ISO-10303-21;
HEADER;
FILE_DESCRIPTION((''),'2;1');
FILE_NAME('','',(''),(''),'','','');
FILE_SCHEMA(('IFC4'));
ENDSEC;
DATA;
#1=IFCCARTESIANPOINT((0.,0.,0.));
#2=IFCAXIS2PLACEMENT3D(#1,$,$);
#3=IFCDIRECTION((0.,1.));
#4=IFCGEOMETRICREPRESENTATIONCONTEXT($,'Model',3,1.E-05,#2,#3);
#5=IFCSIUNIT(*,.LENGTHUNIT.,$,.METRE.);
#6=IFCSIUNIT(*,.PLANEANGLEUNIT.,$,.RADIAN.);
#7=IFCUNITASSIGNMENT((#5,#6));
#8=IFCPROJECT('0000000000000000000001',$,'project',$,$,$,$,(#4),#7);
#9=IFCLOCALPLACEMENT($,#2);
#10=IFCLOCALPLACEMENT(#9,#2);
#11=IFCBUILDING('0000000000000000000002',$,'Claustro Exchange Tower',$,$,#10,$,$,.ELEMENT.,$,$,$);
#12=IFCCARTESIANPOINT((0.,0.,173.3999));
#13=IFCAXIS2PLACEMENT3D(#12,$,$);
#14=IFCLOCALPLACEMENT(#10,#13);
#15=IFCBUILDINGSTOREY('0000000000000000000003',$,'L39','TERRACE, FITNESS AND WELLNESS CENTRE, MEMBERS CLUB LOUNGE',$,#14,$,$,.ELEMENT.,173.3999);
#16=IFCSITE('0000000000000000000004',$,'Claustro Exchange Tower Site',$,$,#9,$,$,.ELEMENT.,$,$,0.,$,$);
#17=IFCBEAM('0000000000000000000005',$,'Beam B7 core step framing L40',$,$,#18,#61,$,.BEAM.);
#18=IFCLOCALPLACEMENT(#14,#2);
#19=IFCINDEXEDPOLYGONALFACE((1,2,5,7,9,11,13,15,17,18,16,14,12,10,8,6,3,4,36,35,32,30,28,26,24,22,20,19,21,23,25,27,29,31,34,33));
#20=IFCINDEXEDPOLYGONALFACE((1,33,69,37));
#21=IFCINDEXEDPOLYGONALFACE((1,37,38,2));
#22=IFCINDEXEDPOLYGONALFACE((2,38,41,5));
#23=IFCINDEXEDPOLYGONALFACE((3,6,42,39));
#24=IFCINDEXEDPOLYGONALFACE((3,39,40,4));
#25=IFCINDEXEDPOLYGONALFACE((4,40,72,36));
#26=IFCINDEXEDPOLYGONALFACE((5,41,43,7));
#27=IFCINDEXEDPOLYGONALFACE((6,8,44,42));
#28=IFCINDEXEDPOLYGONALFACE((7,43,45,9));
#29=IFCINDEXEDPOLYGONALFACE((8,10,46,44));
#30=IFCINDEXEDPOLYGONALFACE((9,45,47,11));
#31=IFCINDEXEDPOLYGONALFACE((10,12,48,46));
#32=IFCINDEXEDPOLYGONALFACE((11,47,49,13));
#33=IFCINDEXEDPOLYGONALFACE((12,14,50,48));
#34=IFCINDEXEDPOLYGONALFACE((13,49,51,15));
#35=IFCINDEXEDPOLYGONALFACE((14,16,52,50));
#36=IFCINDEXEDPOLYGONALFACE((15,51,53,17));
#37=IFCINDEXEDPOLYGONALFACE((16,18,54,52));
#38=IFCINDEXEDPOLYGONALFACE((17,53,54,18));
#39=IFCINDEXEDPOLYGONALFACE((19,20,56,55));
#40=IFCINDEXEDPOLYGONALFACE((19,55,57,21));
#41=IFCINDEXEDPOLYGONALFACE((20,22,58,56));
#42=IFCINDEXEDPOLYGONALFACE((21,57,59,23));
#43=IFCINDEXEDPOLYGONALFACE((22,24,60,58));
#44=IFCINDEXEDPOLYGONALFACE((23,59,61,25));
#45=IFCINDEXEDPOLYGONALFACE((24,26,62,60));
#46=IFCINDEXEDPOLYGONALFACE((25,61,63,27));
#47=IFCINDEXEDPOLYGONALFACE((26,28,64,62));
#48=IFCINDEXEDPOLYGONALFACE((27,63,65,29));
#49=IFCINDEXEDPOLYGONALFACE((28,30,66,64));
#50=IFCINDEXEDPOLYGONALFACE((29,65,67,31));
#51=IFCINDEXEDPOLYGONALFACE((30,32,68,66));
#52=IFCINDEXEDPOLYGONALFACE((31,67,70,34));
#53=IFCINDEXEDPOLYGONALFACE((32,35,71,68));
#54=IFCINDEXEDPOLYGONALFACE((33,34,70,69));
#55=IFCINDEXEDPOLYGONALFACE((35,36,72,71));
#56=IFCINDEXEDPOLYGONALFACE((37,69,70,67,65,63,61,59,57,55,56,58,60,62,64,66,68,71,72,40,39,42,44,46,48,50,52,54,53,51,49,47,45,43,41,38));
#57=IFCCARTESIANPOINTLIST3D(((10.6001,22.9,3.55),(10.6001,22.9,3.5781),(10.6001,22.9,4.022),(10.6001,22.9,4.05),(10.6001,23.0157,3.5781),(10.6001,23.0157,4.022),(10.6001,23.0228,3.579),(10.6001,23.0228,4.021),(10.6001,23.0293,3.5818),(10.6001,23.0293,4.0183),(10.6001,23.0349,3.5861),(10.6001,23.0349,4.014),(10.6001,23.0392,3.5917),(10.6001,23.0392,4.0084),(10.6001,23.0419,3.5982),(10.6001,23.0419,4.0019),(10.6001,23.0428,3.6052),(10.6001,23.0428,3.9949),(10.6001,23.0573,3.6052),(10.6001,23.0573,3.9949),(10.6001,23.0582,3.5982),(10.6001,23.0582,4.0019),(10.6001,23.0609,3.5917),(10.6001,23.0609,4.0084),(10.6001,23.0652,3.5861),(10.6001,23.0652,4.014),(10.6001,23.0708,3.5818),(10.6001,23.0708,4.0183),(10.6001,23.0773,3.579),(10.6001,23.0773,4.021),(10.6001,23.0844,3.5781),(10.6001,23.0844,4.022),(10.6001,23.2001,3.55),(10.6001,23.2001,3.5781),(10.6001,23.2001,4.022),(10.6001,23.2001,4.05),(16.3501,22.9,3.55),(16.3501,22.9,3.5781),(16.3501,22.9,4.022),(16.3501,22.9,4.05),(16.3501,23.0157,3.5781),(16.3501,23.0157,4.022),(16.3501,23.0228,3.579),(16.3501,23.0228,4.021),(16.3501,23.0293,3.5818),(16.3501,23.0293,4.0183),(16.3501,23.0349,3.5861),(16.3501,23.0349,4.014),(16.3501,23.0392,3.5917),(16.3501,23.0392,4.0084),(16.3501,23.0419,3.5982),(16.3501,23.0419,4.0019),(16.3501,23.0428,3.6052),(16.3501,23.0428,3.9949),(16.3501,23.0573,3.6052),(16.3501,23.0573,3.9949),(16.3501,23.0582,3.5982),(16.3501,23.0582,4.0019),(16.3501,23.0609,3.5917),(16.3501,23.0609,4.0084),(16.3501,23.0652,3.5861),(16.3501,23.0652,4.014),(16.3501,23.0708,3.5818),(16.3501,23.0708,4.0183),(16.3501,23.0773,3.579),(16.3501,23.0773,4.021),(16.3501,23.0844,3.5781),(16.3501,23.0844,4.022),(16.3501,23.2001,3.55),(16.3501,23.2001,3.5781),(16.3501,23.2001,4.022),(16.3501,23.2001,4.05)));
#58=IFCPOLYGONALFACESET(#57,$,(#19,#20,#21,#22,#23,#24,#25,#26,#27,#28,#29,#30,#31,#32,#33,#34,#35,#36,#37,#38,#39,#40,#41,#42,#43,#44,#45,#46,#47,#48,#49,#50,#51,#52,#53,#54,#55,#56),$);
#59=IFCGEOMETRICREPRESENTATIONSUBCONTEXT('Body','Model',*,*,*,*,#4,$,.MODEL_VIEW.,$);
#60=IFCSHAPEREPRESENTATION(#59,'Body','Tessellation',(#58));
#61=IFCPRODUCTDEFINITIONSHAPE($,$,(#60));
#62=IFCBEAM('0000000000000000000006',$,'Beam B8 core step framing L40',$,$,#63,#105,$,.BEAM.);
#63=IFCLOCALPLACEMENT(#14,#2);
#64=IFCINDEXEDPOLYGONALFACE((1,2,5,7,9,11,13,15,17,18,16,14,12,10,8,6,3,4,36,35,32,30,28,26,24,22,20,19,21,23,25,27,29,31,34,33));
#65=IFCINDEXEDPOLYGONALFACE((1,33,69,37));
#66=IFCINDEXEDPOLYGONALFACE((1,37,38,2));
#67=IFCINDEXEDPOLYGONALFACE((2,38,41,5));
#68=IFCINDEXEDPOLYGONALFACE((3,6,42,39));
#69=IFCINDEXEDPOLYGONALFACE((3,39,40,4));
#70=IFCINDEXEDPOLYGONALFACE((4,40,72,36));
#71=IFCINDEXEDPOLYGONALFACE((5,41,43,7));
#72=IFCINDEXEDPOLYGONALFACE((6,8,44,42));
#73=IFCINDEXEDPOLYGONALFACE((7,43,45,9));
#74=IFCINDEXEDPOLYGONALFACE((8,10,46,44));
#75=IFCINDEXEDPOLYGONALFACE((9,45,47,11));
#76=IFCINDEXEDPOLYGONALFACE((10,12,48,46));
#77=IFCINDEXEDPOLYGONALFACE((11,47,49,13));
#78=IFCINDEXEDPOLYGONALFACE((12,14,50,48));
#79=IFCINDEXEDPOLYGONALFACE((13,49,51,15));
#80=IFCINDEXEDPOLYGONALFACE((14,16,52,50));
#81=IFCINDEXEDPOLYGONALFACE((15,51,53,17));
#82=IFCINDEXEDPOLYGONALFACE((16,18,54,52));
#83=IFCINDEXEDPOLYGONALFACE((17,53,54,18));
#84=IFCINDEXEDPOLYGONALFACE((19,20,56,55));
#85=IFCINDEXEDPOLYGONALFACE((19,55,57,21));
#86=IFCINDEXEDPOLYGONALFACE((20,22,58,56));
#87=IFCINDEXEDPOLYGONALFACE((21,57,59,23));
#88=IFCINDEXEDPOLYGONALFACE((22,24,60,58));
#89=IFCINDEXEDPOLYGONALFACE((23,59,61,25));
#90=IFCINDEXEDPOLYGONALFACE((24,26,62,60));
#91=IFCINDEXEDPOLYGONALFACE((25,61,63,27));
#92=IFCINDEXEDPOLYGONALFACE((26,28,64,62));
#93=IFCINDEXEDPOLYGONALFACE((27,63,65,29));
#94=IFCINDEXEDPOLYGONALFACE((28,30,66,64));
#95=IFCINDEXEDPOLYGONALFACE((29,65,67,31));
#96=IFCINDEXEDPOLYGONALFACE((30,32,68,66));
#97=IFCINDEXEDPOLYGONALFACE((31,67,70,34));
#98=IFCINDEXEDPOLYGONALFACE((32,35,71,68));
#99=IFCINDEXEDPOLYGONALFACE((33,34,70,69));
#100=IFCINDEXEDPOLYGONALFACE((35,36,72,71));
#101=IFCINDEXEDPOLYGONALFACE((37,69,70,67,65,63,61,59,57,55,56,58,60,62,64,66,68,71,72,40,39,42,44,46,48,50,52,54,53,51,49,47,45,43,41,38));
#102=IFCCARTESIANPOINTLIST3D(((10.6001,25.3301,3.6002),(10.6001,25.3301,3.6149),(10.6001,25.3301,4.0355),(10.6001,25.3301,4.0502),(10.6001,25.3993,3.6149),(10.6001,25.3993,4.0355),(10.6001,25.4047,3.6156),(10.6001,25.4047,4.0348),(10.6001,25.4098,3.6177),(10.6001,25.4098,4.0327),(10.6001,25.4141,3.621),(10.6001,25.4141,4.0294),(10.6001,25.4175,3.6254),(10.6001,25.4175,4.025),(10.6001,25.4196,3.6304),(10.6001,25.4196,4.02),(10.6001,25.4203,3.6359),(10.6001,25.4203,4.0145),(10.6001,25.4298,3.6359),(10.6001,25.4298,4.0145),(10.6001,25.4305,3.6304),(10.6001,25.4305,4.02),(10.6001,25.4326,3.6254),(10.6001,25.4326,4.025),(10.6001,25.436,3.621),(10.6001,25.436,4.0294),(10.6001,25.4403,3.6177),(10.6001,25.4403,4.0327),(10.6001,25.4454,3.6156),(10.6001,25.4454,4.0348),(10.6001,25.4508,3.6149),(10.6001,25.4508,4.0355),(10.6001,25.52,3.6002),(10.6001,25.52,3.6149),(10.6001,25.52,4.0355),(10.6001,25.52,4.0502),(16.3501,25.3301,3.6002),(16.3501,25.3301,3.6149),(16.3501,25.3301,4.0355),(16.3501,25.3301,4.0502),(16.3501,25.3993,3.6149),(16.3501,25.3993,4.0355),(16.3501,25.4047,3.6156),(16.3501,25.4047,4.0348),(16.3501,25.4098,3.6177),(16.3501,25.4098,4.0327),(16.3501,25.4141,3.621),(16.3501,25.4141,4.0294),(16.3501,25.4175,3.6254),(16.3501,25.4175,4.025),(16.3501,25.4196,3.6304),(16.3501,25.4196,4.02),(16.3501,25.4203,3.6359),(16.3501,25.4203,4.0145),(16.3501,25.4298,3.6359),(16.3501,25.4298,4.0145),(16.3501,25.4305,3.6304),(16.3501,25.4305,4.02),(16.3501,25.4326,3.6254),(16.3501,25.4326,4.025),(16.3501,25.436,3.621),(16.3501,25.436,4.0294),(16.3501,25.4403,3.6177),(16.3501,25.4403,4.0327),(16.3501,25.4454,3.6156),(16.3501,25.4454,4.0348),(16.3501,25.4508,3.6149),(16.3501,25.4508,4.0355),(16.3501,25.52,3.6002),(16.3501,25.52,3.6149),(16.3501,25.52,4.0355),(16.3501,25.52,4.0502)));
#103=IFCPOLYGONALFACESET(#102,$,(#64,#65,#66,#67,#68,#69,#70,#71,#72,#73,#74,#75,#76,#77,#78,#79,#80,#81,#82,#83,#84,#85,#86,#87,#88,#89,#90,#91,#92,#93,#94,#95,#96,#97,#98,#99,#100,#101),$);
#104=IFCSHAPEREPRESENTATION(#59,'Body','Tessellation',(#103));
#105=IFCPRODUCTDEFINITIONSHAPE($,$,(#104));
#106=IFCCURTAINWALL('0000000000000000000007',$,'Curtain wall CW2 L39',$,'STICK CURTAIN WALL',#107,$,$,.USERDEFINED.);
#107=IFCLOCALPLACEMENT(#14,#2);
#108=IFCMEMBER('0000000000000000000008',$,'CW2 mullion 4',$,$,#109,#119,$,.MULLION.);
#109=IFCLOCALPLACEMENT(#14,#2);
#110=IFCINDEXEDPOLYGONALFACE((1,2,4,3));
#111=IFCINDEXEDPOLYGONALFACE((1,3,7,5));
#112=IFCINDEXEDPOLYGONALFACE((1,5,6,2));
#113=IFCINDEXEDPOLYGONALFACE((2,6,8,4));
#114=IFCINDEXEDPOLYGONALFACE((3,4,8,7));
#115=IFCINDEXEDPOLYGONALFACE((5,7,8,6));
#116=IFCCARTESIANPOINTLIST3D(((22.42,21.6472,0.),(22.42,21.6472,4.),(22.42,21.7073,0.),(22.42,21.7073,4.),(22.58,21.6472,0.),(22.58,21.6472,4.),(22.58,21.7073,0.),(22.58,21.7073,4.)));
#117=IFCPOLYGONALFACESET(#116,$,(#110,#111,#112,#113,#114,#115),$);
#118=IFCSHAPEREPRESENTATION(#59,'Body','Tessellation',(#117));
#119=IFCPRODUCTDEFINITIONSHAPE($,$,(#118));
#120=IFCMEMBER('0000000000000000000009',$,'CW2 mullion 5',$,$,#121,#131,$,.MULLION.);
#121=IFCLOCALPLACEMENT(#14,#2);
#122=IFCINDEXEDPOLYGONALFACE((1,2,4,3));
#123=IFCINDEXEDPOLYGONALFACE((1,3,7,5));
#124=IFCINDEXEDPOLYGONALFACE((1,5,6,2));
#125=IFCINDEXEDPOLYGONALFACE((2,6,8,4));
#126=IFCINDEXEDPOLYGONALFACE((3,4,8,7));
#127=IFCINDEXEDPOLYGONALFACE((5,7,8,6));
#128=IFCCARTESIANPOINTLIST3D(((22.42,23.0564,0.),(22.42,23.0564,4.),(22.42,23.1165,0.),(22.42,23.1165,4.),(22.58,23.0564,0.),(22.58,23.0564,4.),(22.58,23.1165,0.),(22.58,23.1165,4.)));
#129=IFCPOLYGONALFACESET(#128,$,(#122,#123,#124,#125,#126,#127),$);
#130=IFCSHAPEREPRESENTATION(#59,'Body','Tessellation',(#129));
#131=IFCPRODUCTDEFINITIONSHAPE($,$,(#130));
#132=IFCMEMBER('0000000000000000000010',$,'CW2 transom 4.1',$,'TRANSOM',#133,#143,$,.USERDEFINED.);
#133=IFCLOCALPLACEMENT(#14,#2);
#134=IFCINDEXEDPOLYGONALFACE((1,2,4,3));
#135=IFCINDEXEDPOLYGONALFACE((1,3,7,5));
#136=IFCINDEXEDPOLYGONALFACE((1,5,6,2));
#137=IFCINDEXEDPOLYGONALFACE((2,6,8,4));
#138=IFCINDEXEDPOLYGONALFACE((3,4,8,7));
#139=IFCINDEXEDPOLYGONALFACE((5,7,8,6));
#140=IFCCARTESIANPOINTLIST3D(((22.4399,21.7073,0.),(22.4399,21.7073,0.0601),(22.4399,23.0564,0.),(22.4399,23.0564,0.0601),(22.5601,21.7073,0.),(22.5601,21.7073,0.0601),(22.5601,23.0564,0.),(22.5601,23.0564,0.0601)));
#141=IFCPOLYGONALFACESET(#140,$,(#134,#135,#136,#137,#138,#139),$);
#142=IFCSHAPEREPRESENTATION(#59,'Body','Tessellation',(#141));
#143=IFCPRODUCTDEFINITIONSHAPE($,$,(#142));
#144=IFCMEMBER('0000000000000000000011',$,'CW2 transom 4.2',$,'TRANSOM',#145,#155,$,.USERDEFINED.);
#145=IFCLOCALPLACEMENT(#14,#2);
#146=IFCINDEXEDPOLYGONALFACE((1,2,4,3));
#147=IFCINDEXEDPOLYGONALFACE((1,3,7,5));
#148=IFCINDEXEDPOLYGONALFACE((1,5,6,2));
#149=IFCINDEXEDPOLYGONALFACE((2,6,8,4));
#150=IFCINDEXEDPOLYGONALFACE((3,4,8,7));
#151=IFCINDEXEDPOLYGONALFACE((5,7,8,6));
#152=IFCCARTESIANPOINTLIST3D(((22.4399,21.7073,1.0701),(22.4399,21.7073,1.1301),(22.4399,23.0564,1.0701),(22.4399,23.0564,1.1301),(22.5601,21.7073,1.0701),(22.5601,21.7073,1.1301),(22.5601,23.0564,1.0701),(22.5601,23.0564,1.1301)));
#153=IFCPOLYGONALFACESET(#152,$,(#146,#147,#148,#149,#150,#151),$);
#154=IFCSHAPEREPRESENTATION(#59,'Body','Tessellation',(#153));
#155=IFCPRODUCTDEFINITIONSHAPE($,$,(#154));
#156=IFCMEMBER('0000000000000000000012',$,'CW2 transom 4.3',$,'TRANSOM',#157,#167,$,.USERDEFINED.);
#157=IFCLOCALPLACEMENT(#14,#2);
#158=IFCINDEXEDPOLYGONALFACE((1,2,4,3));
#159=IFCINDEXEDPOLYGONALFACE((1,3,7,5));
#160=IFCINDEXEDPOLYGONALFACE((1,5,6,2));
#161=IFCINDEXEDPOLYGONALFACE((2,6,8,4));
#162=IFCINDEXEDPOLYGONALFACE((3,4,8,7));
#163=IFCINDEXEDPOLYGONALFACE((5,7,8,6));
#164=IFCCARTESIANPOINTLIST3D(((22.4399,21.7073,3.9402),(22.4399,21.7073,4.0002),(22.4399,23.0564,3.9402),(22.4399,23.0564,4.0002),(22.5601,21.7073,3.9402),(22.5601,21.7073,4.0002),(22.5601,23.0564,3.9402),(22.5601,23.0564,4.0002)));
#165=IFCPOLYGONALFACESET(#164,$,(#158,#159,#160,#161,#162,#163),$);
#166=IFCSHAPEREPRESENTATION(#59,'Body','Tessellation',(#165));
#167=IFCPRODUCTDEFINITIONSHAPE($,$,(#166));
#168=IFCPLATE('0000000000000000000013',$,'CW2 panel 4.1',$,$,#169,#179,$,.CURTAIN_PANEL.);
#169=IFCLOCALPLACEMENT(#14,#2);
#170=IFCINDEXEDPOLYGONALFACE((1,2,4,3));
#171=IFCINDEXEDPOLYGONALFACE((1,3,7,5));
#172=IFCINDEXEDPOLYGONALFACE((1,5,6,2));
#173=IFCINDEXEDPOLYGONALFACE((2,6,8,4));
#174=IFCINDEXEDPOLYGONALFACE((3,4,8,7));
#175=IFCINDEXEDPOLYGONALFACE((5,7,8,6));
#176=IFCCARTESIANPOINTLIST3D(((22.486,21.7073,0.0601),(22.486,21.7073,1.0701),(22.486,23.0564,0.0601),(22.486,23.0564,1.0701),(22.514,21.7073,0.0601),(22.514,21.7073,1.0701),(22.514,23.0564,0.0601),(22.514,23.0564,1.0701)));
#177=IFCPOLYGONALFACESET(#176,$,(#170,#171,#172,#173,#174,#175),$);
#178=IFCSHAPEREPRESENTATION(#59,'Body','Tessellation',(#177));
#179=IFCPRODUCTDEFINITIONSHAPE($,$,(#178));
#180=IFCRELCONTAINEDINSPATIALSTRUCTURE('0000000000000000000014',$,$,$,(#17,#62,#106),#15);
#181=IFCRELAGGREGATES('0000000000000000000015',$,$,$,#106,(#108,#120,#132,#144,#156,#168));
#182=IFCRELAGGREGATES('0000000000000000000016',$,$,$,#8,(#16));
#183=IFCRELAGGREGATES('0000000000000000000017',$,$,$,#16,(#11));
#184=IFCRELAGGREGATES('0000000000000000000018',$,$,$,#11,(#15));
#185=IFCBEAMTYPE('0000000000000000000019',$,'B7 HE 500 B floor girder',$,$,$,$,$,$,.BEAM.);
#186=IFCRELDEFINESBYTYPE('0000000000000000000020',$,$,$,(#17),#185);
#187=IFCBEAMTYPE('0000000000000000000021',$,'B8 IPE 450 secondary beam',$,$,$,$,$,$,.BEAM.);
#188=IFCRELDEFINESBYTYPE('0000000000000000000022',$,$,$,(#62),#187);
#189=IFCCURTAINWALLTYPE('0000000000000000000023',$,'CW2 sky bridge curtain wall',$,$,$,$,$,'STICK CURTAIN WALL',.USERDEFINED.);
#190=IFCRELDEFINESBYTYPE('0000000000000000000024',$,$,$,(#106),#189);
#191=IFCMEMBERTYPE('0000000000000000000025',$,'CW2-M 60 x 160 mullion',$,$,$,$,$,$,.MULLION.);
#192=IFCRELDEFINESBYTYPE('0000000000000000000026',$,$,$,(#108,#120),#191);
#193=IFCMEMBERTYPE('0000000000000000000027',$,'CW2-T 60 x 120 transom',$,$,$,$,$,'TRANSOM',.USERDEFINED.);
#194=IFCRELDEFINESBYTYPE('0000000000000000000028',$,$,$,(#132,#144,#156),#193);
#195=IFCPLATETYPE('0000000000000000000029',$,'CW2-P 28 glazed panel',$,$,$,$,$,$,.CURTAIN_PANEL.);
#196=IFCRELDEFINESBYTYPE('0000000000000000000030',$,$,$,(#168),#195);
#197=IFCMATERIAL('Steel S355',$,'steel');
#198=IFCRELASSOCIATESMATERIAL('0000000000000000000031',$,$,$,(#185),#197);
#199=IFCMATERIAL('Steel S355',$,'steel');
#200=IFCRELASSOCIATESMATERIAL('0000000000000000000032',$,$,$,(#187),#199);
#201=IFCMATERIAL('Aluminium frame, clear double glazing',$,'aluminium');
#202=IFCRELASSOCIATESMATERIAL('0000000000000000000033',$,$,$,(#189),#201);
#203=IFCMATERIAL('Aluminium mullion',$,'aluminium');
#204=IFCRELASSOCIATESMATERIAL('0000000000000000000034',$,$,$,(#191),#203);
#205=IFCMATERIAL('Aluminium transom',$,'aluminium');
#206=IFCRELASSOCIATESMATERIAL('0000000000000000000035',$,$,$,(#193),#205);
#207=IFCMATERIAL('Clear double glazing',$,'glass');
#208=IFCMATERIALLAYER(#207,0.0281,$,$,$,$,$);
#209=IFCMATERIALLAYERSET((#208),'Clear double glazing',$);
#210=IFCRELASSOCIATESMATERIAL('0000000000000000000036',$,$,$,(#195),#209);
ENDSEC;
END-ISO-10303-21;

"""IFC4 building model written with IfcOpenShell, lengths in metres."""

from ifc_helpers import new_model, si_unit, direction, frame, origin, origin_2d, place, context, subcontext, project, spatial, rectangle, i_section, extrude, material, layer, layer_set, material_profile, profile_set, type_object, element, aggregate, save


model = new_model("IFC4")

# Units and contexts
model_context = context("Model", 3, precision=1e-05, world=origin(), true_north=direction((0.0, 1.0)))
body_context = subcontext(model_context, "Body", "Model", "MODEL_VIEW")
ifc_project = project(units=[si_unit("LENGTHUNIT", "METRE"), si_unit("PLANEANGLEUNIT", "RADIAN")], contexts=[model_context])

# Site, building, storey
site_placement = place(None, origin())
site = spatial("IfcSite", under=ifc_project, at=site_placement, Name="Claustro Exchange Tower Site", CompositionType="ELEMENT", RefElevation=0.0)
building_placement = place(site_placement, origin())
building = spatial("IfcBuilding", under=site, at=building_placement, Name="Claustro Exchange Tower", CompositionType="ELEMENT")
storey_placement = place(building_placement, frame((0.0, 0.0, 173.3999)))
storey = spatial("IfcBuildingStorey", under=building, at=storey_placement, Name="L39", Description="TERRACE, FITNESS AND WELLNESS CENTRE, MEMBERS CLUB LOUNGE", CompositionType="ELEMENT", Elevation=173.3999)

# Beams
ifc_material_1 = material(Name="Steel S355", Category="steel")
ifc_material_profile_1 = material_profile(ifc_material_1, i_section(OverallWidth=0.3, OverallDepth=0.5, WebThickness=0.0144, FlangeThickness=0.0281, FilletRadius=0.0271, at=origin_2d()), Name="HE 500 B")
ifc_profile_set_1 = profile_set([ifc_material_profile_1], Name="Steel S355")
beam_type_1 = type_object("IfcBeamType", Name="B7 HE 500 B floor girder", PredefinedType="BEAM", material=ifc_profile_set_1)
beam_1_placement = place(storey_placement, frame((10.6001, 23.05, 3.8), z_axis=(1.0, 0.0, 0.0), x_axis=(0.0, 1.0, 0.0)))
element("IfcBeam", 1, at=beam_1_placement, inside=storey, type_object=beam_type_1, Name="Beam B7 core step framing L40", PredefinedType="BEAM", context=body_context, shape_type="SweptSolid", body=[
    extrude(i_section(OverallWidth=0.3, OverallDepth=0.5, WebThickness=0.0144, FlangeThickness=0.0281, FilletRadius=0.0271, at=origin_2d()), origin(), (0.0, 0.0, 1.0), 5.75),
])
ifc_material_2 = material(Name="Steel S355", Category="steel")
ifc_material_profile_2 = material_profile(ifc_material_2, i_section(OverallWidth=0.1899, OverallDepth=0.45, WebThickness=0.0095, FlangeThickness=0.0146, FilletRadius=0.021, at=origin_2d()), Name="IPE 450")
ifc_profile_set_2 = profile_set([ifc_material_profile_2], Name="Steel S355")
beam_type_2 = type_object("IfcBeamType", Name="B8 IPE 450 secondary beam", PredefinedType="BEAM", material=ifc_profile_set_2)
beam_2_placement = place(storey_placement, frame((10.6001, 25.425, 3.8252), z_axis=(1.0, 0.0, 0.0), x_axis=(0.0, 1.0, 0.0)))
element("IfcBeam", 2, at=beam_2_placement, inside=storey, type_object=beam_type_2, Name="Beam B8 core step framing L40", PredefinedType="BEAM", context=body_context, shape_type="SweptSolid", body=[
    extrude(i_section(OverallWidth=0.1899, OverallDepth=0.45, WebThickness=0.0095, FlangeThickness=0.0146, FilletRadius=0.021, at=origin_2d()), origin(), (0.0, 0.0, 1.0), 5.75),
])

# Curtain wall, members, plate
ifc_material_3 = material(Name="Aluminium frame, clear double glazing", Category="aluminium")
curtain_wall_type = type_object("IfcCurtainWallType", Name="CW2 sky bridge curtain wall", ElementType="STICK CURTAIN WALL", PredefinedType="USERDEFINED", material=ifc_material_3)
curtain_wall_placement = place(storey_placement, origin())
curtain_wall = element("IfcCurtainWall", 3, at=curtain_wall_placement, inside=storey, type_object=curtain_wall_type, Name="Curtain wall CW2 L39", ObjectType="STICK CURTAIN WALL", PredefinedType="USERDEFINED")
ifc_material_4 = material(Name="Aluminium mullion", Category="aluminium")
ifc_material_profile_3 = material_profile(ifc_material_4, rectangle(XDim=0.1599, YDim=0.0601, at=origin_2d()), Name="CW2-M 60x160")
ifc_profile_set_3 = profile_set([ifc_material_profile_3], Name="Aluminium mullion")
member_type_1 = type_object("IfcMemberType", Name="CW2-M 60 x 160 mullion", PredefinedType="MULLION", material=ifc_profile_set_3)
member_1_placement = place(storey_placement, frame((22.5, 21.6772, 0.0), z_axis=(0.0, 0.0, 1.0), x_axis=(-1.0, 0.0, 0.0)))
member_1 = element("IfcMember", 4, at=member_1_placement, type_object=member_type_1, Name="CW2 mullion 4", PredefinedType="MULLION", context=body_context, shape_type="SweptSolid", body=[
    extrude(rectangle(XDim=0.1599, YDim=0.0601, at=origin_2d()), origin(), (0.0, 0.0, 1.0), 4.0),
])
member_2_placement = place(storey_placement, frame((22.5, 23.0864, 0.0), z_axis=(0.0, 0.0, 1.0), x_axis=(-1.0, 0.0, 0.0)))
member_2 = element("IfcMember", 5, at=member_2_placement, type_object=member_type_1, Name="CW2 mullion 5", PredefinedType="MULLION", context=body_context, shape_type="SweptSolid", body=[
    extrude(rectangle(XDim=0.1599, YDim=0.0601, at=origin_2d()), origin(), (0.0, 0.0, 1.0), 4.0),
])
ifc_material_5 = material(Name="Aluminium transom", Category="aluminium")
ifc_material_profile_4 = material_profile(ifc_material_5, rectangle(XDim=0.1201, YDim=0.0601, at=origin_2d()), Name="CW2-T 60x120")
ifc_profile_set_4 = profile_set([ifc_material_profile_4], Name="Aluminium transom")
member_type_2 = type_object("IfcMemberType", Name="CW2-T 60 x 120 transom", ElementType="TRANSOM", PredefinedType="USERDEFINED", material=ifc_profile_set_4)
member_3_placement = place(storey_placement, frame((22.5, 21.7073, 0.03), z_axis=(0.0, 1.0, 0.0), x_axis=(-1.0, 0.0, 0.0)))
member_3 = element("IfcMember", 6, at=member_3_placement, type_object=member_type_2, Name="CW2 transom 4.1", ObjectType="TRANSOM", PredefinedType="USERDEFINED", context=body_context, shape_type="SweptSolid", body=[
    extrude(rectangle(XDim=0.1201, YDim=0.0601, at=origin_2d()), origin(), (0.0, 0.0, 1.0), 1.3491),
])
member_4_placement = place(storey_placement, frame((22.5, 21.7073, 1.1001), z_axis=(0.0, 1.0, 0.0), x_axis=(-1.0, 0.0, 0.0)))
member_4 = element("IfcMember", 7, at=member_4_placement, type_object=member_type_2, Name="CW2 transom 4.2", ObjectType="TRANSOM", PredefinedType="USERDEFINED", context=body_context, shape_type="SweptSolid", body=[
    extrude(rectangle(XDim=0.1201, YDim=0.0601, at=origin_2d()), origin(), (0.0, 0.0, 1.0), 1.3491),
])
member_5_placement = place(storey_placement, frame((22.5, 21.7073, 3.9702), z_axis=(0.0, 1.0, 0.0), x_axis=(-1.0, 0.0, 0.0)))
member_5 = element("IfcMember", 8, at=member_5_placement, type_object=member_type_2, Name="CW2 transom 4.3", ObjectType="TRANSOM", PredefinedType="USERDEFINED", context=body_context, shape_type="SweptSolid", body=[
    extrude(rectangle(XDim=0.1201, YDim=0.0601, at=origin_2d()), origin(), (0.0, 0.0, 1.0), 1.3491),
])
ifc_material_6 = material(Name="Clear double glazing", Category="glass")
ifc_layer_1 = layer(ifc_material_6, 0.0281)
ifc_layer_set_1 = layer_set([ifc_layer_1], Name="Clear double glazing")
plate_type = type_object("IfcPlateType", Name="CW2-P 28 glazed panel", PredefinedType="CURTAIN_PANEL", material=ifc_layer_set_1)
plate_1_placement = place(storey_placement, frame((22.5, 22.3818, 0.0601), z_axis=(0.0, 0.0, 1.0), x_axis=(0.0, 1.0, 0.0)))
plate_1 = element("IfcPlate", 9, at=plate_1_placement, type_object=plate_type, Name="CW2 panel 4.1", PredefinedType="CURTAIN_PANEL", context=body_context, shape_type="SweptSolid", body=[
    extrude(rectangle(XDim=1.3491, YDim=0.0281, at=origin_2d()), origin(), (0.0, 0.0, 1.0), 1.01),
])
aggregate(curtain_wall, [member_1, member_2, member_3, member_4, member_5, plate_1])

save(model, "model.ifc")
